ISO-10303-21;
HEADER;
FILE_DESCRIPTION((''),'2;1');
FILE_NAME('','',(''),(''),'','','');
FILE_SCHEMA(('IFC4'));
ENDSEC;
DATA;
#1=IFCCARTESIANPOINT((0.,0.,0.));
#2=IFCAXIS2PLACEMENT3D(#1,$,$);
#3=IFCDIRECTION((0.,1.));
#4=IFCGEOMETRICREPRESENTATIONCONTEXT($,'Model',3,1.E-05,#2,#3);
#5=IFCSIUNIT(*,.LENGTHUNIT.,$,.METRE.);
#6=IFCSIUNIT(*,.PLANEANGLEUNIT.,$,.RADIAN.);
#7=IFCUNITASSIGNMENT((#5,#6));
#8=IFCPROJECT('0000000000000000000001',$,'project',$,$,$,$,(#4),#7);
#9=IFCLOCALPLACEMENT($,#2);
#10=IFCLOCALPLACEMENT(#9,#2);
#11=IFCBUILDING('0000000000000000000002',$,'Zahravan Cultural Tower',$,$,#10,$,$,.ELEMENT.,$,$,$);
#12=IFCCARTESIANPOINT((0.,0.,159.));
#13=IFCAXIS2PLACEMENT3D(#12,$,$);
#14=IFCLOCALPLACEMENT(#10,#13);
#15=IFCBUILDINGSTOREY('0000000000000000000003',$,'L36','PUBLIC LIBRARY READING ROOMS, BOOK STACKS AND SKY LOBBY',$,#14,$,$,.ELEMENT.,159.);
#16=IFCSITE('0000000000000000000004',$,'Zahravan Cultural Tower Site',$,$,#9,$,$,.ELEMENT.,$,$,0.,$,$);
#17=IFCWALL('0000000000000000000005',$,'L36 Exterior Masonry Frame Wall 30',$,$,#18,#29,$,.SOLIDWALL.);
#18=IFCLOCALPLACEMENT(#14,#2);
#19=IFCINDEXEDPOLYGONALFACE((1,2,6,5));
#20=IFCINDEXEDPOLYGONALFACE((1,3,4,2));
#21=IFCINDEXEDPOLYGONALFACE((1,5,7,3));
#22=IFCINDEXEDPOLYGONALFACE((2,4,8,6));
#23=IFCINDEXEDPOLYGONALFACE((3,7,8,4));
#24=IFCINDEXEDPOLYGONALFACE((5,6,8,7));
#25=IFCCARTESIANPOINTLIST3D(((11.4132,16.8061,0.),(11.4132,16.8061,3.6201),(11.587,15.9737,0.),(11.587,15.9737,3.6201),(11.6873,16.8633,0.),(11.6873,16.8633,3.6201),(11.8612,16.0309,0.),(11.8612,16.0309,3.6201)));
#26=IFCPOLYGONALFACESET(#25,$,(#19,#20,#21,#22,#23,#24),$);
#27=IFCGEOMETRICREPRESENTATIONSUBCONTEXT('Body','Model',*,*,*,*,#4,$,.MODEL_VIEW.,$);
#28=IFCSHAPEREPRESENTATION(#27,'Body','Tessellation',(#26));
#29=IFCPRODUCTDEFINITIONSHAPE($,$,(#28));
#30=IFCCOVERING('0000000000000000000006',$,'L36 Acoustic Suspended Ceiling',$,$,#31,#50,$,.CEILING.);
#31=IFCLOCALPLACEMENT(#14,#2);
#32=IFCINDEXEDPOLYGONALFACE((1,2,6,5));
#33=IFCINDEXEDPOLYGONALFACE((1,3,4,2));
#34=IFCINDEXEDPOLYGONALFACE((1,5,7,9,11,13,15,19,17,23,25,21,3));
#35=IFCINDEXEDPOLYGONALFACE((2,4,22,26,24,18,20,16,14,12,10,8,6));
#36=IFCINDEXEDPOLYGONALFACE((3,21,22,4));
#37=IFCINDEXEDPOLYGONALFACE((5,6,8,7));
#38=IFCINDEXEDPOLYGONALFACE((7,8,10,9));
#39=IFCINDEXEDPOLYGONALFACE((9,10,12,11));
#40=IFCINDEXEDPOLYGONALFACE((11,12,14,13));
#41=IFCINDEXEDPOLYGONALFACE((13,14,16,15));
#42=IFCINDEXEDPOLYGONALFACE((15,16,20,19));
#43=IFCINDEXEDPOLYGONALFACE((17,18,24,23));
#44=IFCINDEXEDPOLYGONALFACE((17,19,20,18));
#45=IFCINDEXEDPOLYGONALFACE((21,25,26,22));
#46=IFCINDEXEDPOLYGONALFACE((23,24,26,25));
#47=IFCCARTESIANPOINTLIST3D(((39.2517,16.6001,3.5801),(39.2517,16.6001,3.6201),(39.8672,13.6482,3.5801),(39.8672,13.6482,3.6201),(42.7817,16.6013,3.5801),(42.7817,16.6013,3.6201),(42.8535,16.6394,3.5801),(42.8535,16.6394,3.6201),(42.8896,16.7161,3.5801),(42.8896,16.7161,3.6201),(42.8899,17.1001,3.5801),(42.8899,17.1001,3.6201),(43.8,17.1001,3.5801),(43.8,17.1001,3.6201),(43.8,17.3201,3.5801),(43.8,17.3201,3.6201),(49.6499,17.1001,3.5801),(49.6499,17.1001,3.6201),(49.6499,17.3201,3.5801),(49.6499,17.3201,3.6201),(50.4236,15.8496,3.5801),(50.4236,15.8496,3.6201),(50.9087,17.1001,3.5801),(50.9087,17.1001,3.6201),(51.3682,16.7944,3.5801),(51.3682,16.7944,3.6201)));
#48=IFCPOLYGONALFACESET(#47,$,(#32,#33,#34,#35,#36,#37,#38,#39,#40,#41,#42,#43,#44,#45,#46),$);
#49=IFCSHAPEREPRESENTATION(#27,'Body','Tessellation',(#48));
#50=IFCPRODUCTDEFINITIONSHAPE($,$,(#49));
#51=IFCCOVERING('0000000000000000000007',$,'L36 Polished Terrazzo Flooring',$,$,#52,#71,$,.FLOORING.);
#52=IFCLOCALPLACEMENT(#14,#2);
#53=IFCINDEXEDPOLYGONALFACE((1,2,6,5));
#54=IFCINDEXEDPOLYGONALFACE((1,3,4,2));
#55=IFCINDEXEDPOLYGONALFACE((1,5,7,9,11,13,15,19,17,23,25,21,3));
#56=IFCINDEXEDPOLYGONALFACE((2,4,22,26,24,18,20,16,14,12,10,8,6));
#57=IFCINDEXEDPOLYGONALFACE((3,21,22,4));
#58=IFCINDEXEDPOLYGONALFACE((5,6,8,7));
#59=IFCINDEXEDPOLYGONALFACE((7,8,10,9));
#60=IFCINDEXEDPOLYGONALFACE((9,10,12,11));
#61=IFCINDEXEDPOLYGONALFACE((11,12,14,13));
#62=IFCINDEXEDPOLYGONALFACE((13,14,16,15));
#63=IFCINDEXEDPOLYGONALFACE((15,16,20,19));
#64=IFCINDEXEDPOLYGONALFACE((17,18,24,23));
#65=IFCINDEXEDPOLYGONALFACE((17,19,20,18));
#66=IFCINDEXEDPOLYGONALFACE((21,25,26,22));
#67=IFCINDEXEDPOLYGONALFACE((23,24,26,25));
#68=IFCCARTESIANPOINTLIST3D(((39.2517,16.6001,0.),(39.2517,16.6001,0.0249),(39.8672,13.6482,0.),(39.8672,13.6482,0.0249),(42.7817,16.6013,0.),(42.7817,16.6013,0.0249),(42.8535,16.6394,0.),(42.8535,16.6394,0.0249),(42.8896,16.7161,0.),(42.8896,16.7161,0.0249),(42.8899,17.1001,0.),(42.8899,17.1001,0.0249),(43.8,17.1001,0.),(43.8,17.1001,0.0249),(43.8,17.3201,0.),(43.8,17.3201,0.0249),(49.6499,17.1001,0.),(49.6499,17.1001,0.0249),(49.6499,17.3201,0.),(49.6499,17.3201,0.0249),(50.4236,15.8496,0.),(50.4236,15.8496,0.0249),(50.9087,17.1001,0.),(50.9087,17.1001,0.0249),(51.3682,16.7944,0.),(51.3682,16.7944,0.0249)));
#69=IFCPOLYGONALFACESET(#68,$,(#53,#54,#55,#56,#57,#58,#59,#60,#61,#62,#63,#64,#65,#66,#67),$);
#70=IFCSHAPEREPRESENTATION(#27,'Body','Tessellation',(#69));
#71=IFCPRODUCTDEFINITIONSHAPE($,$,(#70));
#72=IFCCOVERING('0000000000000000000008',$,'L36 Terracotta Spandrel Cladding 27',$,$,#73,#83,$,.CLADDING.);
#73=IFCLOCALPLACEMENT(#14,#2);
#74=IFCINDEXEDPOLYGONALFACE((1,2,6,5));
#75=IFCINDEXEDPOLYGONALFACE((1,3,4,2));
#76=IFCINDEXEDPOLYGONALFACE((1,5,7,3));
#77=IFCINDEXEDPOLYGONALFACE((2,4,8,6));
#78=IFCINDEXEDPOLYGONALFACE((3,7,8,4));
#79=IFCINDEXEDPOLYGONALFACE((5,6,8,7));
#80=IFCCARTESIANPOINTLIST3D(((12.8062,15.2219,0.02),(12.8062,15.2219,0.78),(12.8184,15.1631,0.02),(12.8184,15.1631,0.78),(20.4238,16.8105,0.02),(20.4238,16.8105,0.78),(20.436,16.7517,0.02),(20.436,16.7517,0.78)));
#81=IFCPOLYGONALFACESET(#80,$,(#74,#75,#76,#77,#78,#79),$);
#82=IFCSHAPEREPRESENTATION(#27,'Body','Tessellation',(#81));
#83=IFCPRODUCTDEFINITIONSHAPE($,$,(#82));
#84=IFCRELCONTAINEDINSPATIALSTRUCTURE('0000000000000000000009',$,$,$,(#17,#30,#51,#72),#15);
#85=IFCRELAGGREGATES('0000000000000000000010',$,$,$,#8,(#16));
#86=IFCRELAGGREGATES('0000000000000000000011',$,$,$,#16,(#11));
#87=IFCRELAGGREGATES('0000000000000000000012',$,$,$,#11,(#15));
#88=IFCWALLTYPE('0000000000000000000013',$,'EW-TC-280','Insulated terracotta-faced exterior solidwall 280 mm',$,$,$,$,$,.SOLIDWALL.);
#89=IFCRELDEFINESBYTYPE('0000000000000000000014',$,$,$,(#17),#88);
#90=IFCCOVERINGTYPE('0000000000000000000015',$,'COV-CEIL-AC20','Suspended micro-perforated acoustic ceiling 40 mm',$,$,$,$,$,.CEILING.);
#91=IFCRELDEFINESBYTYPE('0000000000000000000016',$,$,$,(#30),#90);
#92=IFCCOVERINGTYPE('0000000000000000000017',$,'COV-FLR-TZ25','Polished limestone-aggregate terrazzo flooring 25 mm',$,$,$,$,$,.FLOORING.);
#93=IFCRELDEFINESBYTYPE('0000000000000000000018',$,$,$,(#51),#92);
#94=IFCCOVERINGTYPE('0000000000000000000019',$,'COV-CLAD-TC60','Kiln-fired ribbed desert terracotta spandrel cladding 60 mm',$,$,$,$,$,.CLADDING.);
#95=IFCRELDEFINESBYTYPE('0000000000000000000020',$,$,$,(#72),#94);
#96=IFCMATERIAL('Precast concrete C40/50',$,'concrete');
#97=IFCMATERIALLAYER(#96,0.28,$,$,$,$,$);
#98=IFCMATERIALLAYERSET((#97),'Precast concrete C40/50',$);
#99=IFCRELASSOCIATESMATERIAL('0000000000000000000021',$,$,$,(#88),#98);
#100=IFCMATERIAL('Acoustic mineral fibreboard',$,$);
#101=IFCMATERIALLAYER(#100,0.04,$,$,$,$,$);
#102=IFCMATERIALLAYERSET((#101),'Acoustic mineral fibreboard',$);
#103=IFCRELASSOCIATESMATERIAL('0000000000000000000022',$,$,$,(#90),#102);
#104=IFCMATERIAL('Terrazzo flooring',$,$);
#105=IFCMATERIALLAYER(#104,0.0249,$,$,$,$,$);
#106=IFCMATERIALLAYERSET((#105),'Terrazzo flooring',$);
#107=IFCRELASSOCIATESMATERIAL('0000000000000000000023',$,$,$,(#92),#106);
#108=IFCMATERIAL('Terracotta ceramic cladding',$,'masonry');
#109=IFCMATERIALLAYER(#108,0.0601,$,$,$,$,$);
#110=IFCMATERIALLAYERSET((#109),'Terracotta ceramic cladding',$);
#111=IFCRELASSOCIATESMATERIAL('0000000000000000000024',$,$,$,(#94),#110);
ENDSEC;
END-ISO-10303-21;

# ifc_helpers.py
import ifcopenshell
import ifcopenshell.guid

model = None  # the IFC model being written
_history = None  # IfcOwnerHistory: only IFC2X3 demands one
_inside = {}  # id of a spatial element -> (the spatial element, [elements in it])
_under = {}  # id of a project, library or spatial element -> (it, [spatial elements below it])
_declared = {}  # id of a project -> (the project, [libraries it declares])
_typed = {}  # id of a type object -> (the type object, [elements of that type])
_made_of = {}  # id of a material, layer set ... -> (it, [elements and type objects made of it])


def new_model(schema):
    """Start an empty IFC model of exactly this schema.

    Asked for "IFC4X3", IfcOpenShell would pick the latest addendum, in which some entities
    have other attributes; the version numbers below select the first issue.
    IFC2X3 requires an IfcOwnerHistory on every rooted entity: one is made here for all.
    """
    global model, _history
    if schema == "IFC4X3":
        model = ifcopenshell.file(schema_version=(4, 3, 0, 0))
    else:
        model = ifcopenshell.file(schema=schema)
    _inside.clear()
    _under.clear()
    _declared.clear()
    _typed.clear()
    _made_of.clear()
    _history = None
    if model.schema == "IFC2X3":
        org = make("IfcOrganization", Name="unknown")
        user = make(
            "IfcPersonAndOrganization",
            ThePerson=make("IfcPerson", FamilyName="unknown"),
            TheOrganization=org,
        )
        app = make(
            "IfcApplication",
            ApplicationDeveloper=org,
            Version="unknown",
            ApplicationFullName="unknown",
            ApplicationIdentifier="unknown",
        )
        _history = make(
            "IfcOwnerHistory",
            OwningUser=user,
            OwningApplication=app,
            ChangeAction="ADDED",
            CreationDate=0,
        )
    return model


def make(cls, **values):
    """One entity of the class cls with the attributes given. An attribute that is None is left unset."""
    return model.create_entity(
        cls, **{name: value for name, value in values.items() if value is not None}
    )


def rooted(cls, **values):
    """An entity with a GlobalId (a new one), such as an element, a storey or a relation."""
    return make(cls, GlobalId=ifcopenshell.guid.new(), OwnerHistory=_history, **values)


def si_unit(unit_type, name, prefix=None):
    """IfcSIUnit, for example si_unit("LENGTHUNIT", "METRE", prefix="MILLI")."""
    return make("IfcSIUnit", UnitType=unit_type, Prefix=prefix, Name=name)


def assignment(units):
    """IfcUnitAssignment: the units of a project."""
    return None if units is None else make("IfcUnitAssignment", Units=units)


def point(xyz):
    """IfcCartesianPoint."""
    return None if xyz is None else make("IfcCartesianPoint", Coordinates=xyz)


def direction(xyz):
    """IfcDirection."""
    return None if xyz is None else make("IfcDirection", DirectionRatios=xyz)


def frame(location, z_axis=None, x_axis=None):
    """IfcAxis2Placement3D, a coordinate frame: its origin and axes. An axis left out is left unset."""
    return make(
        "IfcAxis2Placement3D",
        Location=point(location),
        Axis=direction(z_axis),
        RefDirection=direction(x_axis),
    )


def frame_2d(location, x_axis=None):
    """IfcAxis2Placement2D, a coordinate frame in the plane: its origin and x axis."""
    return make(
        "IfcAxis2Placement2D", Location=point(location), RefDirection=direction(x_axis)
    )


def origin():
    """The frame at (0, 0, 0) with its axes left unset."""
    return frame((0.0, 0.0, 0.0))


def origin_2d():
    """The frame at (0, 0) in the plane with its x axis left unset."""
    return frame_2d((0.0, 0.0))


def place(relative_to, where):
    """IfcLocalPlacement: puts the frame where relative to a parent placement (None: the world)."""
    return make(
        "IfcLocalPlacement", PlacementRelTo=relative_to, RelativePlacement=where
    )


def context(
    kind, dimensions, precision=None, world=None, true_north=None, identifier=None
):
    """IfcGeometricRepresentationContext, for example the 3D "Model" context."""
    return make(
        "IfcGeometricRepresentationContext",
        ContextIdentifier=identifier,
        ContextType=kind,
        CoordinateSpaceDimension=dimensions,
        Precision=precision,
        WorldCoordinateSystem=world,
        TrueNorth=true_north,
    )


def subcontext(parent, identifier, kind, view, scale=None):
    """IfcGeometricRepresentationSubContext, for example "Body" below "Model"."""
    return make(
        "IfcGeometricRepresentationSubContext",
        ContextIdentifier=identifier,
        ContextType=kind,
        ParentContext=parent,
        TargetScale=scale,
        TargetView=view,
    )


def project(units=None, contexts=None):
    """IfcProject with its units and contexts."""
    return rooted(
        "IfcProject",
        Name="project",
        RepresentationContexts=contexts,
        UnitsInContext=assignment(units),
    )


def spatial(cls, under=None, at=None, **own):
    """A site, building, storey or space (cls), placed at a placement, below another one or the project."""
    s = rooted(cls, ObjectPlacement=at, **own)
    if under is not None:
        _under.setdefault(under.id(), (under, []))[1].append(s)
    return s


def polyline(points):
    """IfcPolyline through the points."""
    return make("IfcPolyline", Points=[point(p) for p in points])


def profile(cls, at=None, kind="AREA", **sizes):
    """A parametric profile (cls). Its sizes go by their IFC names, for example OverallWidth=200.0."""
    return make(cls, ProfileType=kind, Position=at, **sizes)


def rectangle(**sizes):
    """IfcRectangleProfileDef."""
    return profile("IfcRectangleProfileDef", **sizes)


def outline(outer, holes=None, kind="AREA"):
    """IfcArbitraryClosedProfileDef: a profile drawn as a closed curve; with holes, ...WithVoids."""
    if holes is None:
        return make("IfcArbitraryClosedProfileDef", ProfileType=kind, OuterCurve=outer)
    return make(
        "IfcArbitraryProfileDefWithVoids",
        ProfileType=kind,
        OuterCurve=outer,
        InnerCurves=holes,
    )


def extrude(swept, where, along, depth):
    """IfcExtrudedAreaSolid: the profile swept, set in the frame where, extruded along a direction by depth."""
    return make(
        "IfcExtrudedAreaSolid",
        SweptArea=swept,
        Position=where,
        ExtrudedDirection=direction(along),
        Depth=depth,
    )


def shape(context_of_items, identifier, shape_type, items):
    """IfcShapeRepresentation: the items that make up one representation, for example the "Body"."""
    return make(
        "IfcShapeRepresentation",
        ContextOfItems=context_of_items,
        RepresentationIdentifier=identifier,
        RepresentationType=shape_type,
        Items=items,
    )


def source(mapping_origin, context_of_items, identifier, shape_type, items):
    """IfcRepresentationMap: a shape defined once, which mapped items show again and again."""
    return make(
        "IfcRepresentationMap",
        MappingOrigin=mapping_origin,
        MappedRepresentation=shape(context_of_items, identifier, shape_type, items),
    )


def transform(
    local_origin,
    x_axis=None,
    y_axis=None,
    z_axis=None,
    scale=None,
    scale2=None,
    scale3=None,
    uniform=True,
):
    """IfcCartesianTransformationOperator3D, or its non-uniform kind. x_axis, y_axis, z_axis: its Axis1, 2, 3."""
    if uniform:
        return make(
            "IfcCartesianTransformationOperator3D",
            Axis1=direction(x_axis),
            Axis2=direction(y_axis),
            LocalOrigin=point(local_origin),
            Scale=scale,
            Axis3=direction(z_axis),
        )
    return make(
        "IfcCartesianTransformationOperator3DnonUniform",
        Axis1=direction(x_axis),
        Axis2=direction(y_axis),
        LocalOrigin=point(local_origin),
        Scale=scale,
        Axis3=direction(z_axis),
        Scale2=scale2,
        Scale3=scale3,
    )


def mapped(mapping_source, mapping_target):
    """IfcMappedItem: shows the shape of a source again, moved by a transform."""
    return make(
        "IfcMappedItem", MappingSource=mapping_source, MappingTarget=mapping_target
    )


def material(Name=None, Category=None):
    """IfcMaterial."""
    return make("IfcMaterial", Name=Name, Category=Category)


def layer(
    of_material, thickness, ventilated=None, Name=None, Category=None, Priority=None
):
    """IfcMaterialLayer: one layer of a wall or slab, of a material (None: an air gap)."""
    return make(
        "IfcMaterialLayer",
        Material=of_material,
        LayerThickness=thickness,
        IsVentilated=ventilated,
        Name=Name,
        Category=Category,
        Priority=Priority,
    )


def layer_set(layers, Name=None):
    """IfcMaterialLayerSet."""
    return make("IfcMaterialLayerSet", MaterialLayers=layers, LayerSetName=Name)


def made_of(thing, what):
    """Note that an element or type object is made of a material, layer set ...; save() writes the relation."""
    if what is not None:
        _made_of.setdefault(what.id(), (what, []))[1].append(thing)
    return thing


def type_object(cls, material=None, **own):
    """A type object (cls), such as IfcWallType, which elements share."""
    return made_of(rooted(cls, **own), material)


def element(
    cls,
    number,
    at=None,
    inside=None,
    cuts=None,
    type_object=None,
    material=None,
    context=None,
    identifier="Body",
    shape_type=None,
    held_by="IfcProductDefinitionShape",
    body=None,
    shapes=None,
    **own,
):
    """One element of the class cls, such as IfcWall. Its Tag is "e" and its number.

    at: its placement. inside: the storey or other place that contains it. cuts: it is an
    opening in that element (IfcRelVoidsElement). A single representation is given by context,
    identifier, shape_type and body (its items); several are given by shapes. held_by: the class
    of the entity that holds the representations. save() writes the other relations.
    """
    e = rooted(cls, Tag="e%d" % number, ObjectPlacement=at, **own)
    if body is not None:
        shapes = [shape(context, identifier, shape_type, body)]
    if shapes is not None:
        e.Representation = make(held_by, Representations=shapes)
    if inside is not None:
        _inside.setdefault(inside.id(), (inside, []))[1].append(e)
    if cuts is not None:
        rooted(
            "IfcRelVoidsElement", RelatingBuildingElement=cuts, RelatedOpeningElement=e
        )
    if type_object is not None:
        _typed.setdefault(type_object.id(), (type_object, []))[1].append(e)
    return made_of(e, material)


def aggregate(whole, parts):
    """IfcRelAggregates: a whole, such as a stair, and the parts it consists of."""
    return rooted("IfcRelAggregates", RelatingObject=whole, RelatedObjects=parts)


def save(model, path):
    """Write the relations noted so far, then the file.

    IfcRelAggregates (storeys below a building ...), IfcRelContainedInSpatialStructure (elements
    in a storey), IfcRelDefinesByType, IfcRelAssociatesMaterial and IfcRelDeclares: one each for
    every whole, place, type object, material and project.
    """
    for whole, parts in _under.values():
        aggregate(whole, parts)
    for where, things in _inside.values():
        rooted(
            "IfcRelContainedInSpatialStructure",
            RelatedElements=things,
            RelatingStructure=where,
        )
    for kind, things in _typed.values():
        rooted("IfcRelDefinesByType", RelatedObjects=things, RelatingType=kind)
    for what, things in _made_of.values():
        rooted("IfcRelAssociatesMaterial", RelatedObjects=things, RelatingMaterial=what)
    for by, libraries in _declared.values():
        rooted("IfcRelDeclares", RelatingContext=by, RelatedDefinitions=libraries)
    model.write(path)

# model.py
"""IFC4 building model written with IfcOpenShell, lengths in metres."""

from ifc_helpers import new_model, si_unit, direction, frame, frame_2d, origin, origin_2d, place, context, subcontext, project, spatial, polyline, rectangle, outline, extrude, source, transform, mapped, material, layer, layer_set, type_object, element, save


model = new_model("IFC4")

# Units and contexts
model_context = context("Model", 3, precision=1e-05, world=origin(), true_north=direction((0.0, 1.0)))
body_context = subcontext(model_context, "Body", "Model", "MODEL_VIEW")
ifc_project = project(units=[si_unit("LENGTHUNIT", "METRE"), si_unit("PLANEANGLEUNIT", "RADIAN")], contexts=[model_context])

# Site, building, storey
site_placement = place(None, origin())
site = spatial("IfcSite", under=ifc_project, at=site_placement, Name="Zahravan Cultural Tower Site", CompositionType="ELEMENT", RefElevation=0.0)
building_placement = place(site_placement, origin())
building = spatial("IfcBuilding", under=site, at=building_placement, Name="Zahravan Cultural Tower", CompositionType="ELEMENT")
storey_placement = place(building_placement, frame((0.0, 0.0, 159.0)))
storey = spatial("IfcBuildingStorey", under=building, at=storey_placement, Name="L36", Description="PUBLIC LIBRARY READING ROOMS, BOOK STACKS AND SKY LOBBY", CompositionType="ELEMENT", Elevation=159.0)

# Shared definitions
ifc_material_1 = material(Name="Precast concrete C40/50", Category="concrete")
ifc_layer_1 = layer(ifc_material_1, 0.28)
ifc_layer_set_1 = layer_set([ifc_layer_1], Name="Precast concrete C40/50")
wall_type_1 = type_object("IfcWallType", Name="EW-TC-280", Description="Insulated terracotta-faced exterior solidwall 280 mm", PredefinedType="SOLIDWALL", material=ifc_layer_set_1)

# Wall
shared_shape_1 = source(origin(), body_context, "Body", "SweptSolid", [
    extrude(rectangle(XDim=0.8503, YDim=0.28, at=frame_2d((0.4253, 0.0))), origin(), (0.0, 0.0, 1.0), 3.6201),
])
wall_1_placement = place(storey_placement, frame((11.7241, 16.0022, 0.0), z_axis=(0.0, 0.0, 1.0), x_axis=(-0.204447, 0.978878, 0.0)))
element("IfcWall", 1, at=wall_1_placement, inside=storey, type_object=wall_type_1, Name="L36 Exterior Masonry Frame Wall 30", PredefinedType="SOLIDWALL", context=body_context, shape_type="MappedRepresentation", body=[
    mapped(shared_shape_1, transform((0.0, 0.0, 0.0), x_axis=(1.0, 0.0, 0.0), y_axis=(0.0, 1.0, 0.0), z_axis=(0.0, 0.0, 1.0), scale=1.0)),
])

# Coverings
ifc_material_2 = material(Name="Acoustic mineral fibreboard")
ifc_layer_2 = layer(ifc_material_2, 0.04)
ifc_layer_set_2 = layer_set([ifc_layer_2], Name="Acoustic mineral fibreboard")
covering_type_1 = type_object("IfcCoveringType", Name="COV-CEIL-AC20", Description="Suspended micro-perforated acoustic ceiling 40 mm", PredefinedType="CEILING", material=ifc_layer_set_2)
covering_1_placement = place(storey_placement, frame((0.0, 0.0, 3.5801)))
element("IfcCovering", 2, at=covering_1_placement, inside=storey, type_object=covering_type_1, Name="L36 Acoustic Suspended Ceiling", PredefinedType="CEILING", context=body_context, shape_type="SweptSolid", body=[
    extrude(outline(polyline([(50.4236, 15.8496), (51.3682, 16.7944), (50.9087, 17.1001), (49.6499, 17.1001), (49.6499, 17.3201), (43.8, 17.3201), (43.8, 17.1001), (42.8899, 17.1001), (42.8896, 16.7161), (42.8535, 16.6394), (42.7817, 16.6013), (39.2517, 16.6001), (39.8672, 13.6482), (50.4236, 15.8496)])), origin(), (0.0, 0.0, 1.0), 0.04),
])
ifc_material_3 = material(Name="Terrazzo flooring")
ifc_layer_3 = layer(ifc_material_3, 0.0249)
ifc_layer_set_3 = layer_set([ifc_layer_3], Name="Terrazzo flooring")
covering_type_2 = type_object("IfcCoveringType", Name="COV-FLR-TZ25", Description="Polished limestone-aggregate terrazzo flooring 25 mm", PredefinedType="FLOORING", material=ifc_layer_set_3)
covering_2_placement = place(storey_placement, origin())
element("IfcCovering", 3, at=covering_2_placement, inside=storey, type_object=covering_type_2, Name="L36 Polished Terrazzo Flooring", PredefinedType="FLOORING", context=body_context, shape_type="SweptSolid", body=[
    extrude(outline(polyline([(50.4236, 15.8496), (51.3682, 16.7944), (50.9087, 17.1001), (49.6499, 17.1001), (49.6499, 17.3201), (43.8, 17.3201), (43.8, 17.1001), (42.8899, 17.1001), (42.8896, 16.7161), (42.8535, 16.6394), (42.7817, 16.6013), (39.2517, 16.6001), (39.8672, 13.6482), (50.4236, 15.8496)])), origin(), (0.0, 0.0, 1.0), 0.0249),
])
ifc_material_4 = material(Name="Terracotta ceramic cladding", Category="masonry")
ifc_layer_4 = layer(ifc_material_4, 0.0601)
ifc_layer_set_4 = layer_set([ifc_layer_4], Name="Terracotta ceramic cladding")
covering_type_3 = type_object("IfcCoveringType", Name="COV-CLAD-TC60", Description="Kiln-fired ribbed desert terracotta spandrel cladding 60 mm", PredefinedType="CLADDING", material=ifc_layer_set_4)
shared_shape_2 = source(origin(), body_context, "Body", "SweptSolid", [
    extrude(rectangle(XDim=7.7815, YDim=0.0601, at=origin_2d()), origin(), (0.0, 0.0, 1.0), 0.76),
])
covering_3_placement = place(storey_placement, frame((16.6211, 15.9868, 0.02), z_axis=(0.0, 0.0, 1.0), x_axis=(-0.978939, -0.204154, 0.0)))
element("IfcCovering", 4, at=covering_3_placement, inside=storey, type_object=covering_type_3, Name="L36 Terracotta Spandrel Cladding 27", PredefinedType="CLADDING", context=body_context, shape_type="MappedRepresentation", body=[
    mapped(shared_shape_2, transform((0.0, 0.0, 0.0), x_axis=(1.0, 0.0, 0.0), y_axis=(0.0, 1.0, 0.0), z_axis=(0.0, 0.0, 1.0), scale=1.0)),
])

save(model, "model.ifc")
